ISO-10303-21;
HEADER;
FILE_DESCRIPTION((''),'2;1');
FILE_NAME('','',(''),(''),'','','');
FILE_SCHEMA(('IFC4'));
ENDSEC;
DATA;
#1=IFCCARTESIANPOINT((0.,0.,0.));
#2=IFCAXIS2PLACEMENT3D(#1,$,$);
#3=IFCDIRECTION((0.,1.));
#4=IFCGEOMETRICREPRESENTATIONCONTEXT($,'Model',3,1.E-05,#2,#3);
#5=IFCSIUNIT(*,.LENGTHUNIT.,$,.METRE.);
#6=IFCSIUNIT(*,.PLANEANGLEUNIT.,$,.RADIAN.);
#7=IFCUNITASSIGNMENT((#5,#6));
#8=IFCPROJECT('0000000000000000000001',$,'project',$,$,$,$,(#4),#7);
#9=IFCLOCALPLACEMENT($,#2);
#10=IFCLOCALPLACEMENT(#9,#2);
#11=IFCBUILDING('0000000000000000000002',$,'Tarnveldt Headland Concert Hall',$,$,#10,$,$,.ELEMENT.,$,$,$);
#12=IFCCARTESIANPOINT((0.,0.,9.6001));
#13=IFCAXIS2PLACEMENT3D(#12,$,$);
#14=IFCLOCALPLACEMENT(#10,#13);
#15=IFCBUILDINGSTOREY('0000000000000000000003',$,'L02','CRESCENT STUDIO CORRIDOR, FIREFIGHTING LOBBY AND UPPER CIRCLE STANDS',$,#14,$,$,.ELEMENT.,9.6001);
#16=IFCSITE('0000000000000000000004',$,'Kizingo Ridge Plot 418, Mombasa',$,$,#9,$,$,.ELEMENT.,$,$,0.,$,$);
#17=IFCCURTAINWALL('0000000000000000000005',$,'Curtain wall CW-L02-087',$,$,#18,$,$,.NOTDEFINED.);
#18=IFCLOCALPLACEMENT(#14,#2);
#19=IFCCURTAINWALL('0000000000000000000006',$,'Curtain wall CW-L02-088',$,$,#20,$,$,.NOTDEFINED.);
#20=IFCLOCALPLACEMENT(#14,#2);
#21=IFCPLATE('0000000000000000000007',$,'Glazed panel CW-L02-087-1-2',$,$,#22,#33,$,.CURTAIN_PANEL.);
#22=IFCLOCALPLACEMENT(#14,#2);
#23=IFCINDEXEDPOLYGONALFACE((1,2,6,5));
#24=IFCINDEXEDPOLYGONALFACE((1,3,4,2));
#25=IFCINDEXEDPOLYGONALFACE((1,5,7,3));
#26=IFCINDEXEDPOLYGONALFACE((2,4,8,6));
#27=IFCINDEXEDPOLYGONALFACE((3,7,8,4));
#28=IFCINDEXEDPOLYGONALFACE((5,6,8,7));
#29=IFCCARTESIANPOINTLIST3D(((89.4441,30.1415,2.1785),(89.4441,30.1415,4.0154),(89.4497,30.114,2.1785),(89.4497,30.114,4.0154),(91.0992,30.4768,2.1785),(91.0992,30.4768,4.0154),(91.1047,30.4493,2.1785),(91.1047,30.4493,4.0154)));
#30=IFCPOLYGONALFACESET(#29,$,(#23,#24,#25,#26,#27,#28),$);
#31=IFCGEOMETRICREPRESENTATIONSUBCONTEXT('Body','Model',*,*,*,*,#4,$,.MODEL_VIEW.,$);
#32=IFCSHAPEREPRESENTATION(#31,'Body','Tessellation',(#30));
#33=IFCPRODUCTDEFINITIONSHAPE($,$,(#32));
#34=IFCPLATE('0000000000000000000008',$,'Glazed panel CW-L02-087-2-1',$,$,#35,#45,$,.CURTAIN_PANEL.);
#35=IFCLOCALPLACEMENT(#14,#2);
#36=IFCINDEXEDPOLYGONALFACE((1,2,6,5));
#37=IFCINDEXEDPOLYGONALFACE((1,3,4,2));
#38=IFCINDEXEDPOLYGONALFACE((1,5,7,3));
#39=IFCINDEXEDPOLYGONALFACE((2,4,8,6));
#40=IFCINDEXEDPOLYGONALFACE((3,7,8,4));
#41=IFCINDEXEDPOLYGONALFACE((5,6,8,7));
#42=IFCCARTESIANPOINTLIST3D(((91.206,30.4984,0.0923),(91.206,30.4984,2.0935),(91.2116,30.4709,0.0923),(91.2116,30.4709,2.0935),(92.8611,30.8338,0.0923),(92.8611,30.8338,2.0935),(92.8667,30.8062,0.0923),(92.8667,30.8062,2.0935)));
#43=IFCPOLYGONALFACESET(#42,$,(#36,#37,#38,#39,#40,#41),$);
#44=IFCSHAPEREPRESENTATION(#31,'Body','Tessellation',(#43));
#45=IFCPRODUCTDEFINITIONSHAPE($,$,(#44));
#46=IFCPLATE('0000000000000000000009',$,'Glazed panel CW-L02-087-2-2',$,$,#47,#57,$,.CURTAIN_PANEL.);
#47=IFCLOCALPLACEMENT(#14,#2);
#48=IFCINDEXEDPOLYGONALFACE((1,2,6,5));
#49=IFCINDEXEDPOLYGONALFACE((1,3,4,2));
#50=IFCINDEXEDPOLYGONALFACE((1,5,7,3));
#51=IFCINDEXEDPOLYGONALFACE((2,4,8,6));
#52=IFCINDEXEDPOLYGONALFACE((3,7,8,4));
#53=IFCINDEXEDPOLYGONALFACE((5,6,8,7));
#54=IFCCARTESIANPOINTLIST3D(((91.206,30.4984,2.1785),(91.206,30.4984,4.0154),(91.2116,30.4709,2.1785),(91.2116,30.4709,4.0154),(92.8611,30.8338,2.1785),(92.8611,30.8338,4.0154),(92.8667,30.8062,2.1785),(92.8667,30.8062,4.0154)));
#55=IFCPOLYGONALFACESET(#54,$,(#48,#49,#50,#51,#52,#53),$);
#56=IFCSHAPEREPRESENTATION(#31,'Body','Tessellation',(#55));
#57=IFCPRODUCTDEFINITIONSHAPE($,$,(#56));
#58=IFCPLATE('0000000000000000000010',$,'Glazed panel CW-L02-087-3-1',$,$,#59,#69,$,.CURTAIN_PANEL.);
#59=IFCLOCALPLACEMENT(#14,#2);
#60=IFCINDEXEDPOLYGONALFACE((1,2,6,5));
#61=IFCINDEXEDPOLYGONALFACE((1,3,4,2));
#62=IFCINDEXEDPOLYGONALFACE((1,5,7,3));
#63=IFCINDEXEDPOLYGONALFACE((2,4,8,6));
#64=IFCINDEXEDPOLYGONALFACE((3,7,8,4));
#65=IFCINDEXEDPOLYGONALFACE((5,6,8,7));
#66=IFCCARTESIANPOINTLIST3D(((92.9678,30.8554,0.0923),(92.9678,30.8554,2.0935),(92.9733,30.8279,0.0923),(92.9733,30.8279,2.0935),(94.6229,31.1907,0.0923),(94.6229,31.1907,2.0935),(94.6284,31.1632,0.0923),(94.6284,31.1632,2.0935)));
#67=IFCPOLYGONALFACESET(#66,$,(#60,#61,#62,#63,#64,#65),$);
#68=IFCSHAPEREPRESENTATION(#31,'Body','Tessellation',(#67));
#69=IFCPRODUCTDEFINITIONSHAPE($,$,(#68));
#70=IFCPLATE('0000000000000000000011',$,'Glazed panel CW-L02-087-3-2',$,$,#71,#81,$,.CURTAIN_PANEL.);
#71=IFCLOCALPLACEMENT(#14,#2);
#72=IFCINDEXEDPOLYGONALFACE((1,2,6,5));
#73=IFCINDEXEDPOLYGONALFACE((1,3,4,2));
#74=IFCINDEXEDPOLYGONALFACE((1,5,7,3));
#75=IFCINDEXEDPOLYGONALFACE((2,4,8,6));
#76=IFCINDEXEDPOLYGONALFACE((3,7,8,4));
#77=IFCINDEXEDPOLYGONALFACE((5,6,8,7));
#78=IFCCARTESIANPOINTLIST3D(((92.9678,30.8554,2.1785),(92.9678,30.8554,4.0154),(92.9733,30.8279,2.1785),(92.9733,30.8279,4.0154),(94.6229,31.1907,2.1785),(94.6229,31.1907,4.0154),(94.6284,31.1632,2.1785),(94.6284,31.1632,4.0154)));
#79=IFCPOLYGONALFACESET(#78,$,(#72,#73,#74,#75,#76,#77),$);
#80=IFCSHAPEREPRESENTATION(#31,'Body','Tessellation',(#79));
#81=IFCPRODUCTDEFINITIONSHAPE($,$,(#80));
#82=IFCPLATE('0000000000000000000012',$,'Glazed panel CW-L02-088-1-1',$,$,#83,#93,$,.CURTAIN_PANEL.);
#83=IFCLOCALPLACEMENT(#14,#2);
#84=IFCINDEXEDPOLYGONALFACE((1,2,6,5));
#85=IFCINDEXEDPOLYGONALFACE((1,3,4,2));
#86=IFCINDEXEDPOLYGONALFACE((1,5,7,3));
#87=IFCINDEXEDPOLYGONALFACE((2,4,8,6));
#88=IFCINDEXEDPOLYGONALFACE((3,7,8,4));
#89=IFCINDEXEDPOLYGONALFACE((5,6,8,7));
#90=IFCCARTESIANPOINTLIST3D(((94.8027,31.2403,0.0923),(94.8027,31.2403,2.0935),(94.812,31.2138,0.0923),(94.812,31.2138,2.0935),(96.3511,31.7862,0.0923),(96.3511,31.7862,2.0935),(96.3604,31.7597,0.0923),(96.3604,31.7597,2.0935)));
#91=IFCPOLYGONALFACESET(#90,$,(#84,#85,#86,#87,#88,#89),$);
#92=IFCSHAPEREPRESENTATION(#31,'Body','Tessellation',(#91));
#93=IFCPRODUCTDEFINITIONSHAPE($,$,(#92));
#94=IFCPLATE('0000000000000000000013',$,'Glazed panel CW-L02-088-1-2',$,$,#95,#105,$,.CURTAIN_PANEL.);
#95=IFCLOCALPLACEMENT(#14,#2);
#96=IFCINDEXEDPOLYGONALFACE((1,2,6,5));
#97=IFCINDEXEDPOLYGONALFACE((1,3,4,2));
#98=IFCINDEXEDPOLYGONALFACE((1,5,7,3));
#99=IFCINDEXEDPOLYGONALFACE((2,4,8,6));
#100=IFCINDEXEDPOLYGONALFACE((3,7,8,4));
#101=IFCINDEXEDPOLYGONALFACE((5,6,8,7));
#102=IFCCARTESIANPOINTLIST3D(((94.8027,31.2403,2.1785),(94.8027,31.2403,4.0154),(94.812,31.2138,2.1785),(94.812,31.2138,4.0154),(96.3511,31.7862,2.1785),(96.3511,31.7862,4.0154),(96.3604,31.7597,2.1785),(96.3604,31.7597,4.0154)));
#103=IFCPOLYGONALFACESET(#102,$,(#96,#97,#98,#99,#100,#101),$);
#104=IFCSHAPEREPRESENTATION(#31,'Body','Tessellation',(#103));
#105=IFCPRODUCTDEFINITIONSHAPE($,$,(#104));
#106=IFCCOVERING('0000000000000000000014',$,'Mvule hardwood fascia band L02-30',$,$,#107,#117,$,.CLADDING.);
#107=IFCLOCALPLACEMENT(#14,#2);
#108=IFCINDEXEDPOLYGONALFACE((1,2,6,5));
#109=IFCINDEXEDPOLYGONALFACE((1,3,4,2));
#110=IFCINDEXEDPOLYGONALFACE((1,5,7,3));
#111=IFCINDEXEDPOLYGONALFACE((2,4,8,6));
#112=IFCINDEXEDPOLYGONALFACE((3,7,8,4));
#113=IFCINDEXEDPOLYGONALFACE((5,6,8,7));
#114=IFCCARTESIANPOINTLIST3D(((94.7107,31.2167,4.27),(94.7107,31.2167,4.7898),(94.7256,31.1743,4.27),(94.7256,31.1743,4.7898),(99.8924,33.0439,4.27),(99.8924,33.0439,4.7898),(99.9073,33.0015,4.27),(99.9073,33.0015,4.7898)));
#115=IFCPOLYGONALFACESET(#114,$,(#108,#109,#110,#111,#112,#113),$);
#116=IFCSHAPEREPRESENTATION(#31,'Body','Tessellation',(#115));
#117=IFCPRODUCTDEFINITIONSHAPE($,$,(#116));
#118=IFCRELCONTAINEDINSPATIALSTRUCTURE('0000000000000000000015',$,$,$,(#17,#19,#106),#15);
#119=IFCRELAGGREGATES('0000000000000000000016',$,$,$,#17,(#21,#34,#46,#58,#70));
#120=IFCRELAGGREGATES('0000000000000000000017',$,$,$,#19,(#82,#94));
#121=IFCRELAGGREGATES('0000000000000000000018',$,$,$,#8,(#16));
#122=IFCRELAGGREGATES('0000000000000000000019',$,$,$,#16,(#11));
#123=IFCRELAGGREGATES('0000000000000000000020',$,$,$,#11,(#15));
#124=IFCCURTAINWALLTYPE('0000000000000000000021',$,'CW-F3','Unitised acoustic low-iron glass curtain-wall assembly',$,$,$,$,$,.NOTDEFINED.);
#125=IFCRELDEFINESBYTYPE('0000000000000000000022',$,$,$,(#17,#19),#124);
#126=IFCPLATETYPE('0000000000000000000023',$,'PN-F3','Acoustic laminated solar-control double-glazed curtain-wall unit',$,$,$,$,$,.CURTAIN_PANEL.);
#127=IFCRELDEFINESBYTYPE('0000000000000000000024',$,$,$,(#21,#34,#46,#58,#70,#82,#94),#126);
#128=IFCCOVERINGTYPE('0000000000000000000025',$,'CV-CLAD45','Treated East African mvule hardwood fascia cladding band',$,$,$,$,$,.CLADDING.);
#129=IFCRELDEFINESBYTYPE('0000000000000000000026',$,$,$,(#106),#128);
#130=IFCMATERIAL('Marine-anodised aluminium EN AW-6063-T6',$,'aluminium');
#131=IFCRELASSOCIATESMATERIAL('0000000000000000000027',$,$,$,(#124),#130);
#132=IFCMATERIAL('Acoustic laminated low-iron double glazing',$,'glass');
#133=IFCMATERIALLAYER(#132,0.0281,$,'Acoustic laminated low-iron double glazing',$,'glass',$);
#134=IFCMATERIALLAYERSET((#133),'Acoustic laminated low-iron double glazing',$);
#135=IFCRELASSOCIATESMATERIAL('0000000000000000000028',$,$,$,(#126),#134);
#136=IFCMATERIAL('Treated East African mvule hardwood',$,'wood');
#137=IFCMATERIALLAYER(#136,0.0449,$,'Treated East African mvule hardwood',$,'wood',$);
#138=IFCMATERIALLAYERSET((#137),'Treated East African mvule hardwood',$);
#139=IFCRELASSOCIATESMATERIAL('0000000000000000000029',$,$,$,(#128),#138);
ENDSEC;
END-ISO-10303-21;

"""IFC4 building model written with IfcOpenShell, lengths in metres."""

from ifc_helpers import new_model, si_unit, direction, frame, frame_2d, origin, origin_2d, place, context, subcontext, project, spatial, rectangle, extrude, material, layer, layer_set, type_object, element, aggregate, save


model = new_model("IFC4")

# Units and contexts
model_context = context("Model", 3, precision=1e-05, world=origin(), true_north=direction((0.0, 1.0)))
body_context = subcontext(model_context, "Body", "Model", "MODEL_VIEW")
ifc_project = project(units=[si_unit("LENGTHUNIT", "METRE"), si_unit("PLANEANGLEUNIT", "RADIAN")], contexts=[model_context])

# Site, building, storey
site_placement = place(None, origin())
site = spatial("IfcSite", under=ifc_project, at=site_placement, Name="Kizingo Ridge Plot 418, Mombasa", CompositionType="ELEMENT", RefElevation=0.0)
building_placement = place(site_placement, origin())
building = spatial("IfcBuilding", under=site, at=building_placement, Name="Tarnveldt Headland Concert Hall", CompositionType="ELEMENT")
storey_placement = place(building_placement, frame((0.0, 0.0, 9.6001)))
storey = spatial("IfcBuildingStorey", under=building, at=storey_placement, Name="L02", Description="CRESCENT STUDIO CORRIDOR, FIREFIGHTING LOBBY AND UPPER CIRCLE STANDS", CompositionType="ELEMENT", Elevation=9.6001)

# Curtain walls
ifc_material_1 = material(Name="Marine-anodised aluminium EN AW-6063-T6", Category="aluminium")
curtain_wall_type = type_object("IfcCurtainWallType", Name="CW-F3", Description="Unitised acoustic low-iron glass curtain-wall assembly", PredefinedType="NOTDEFINED", material=ifc_material_1)
curtain_wall_1_placement = place(storey_placement, origin())
curtain_wall_1 = element("IfcCurtainWall", 1, at=curtain_wall_1_placement, inside=storey, type_object=curtain_wall_type, Name="Curtain wall CW-L02-087", PredefinedType="NOTDEFINED")
curtain_wall_2_placement = place(storey_placement, origin())
curtain_wall_2 = element("IfcCurtainWall", 2, at=curtain_wall_2_placement, inside=storey, type_object=curtain_wall_type, Name="Curtain wall CW-L02-088", PredefinedType="NOTDEFINED")

# Plates
ifc_material_2 = material(Name="Acoustic laminated low-iron double glazing", Category="glass")
ifc_layer_1 = layer(ifc_material_2, 0.0281, Name="Acoustic laminated low-iron double glazing", Category="glass")
ifc_layer_set_1 = layer_set([ifc_layer_1], Name="Acoustic laminated low-iron double glazing")
plate_type = type_object("IfcPlateType", Name="PN-F3", Description="Acoustic laminated solar-control double-glazed curtain-wall unit", PredefinedType="CURTAIN_PANEL", material=ifc_layer_set_1)
plate_1_placement = place(storey_placement, frame((90.2744, 30.2954, 2.1785), z_axis=(0.0, 0.0, 1.0), x_axis=(0.980088, 0.198564, 0.0)))
plate_1 = element("IfcPlate", 3, at=plate_1_placement, type_object=plate_type, Name="Glazed panel CW-L02-087-1-2", PredefinedType="CURTAIN_PANEL", context=body_context, shape_type="SweptSolid", body=[
    extrude(rectangle(XDim=1.6887, YDim=0.0281, at=origin_2d()), origin(), (0.0, 0.0, 1.0), 1.8369),
])
plate_2_placement = place(storey_placement, frame((92.0364, 30.6523, 0.0923), z_axis=(0.0, 0.0, 1.0), x_axis=(0.980088, 0.198564, 0.0)))
plate_2 = element("IfcPlate", 4, at=plate_2_placement, type_object=plate_type, Name="Glazed panel CW-L02-087-2-1", PredefinedType="CURTAIN_PANEL", context=body_context, shape_type="SweptSolid", body=[
    extrude(rectangle(XDim=1.6887, YDim=0.0281, at=origin_2d()), origin(), (0.0, 0.0, 1.0), 2.0012),
])
plate_3_placement = place(storey_placement, frame((92.0364, 30.6523, 2.1785), z_axis=(0.0, 0.0, 1.0), x_axis=(0.980088, 0.198564, 0.0)))
plate_3 = element("IfcPlate", 5, at=plate_3_placement, type_object=plate_type, Name="Glazed panel CW-L02-087-2-2", PredefinedType="CURTAIN_PANEL", context=body_context, shape_type="SweptSolid", body=[
    extrude(rectangle(XDim=1.6887, YDim=0.0281, at=origin_2d()), origin(), (0.0, 0.0, 1.0), 1.8369),
])
plate_4_placement = place(storey_placement, frame((93.7981, 31.0093, 0.0923), z_axis=(0.0, 0.0, 1.0), x_axis=(0.980088, 0.198564, 0.0)))
plate_4 = element("IfcPlate", 6, at=plate_4_placement, type_object=plate_type, Name="Glazed panel CW-L02-087-3-1", PredefinedType="CURTAIN_PANEL", context=body_context, shape_type="SweptSolid", body=[
    extrude(rectangle(XDim=1.6887, YDim=0.0281, at=origin_2d()), origin(), (0.0, 0.0, 1.0), 2.0012),
])
plate_5_placement = place(storey_placement, frame((93.7981, 31.0093, 2.1785), z_axis=(0.0, 0.0, 1.0), x_axis=(0.980088, 0.198564, 0.0)))
plate_5 = element("IfcPlate", 7, at=plate_5_placement, type_object=plate_type, Name="Glazed panel CW-L02-087-3-2", PredefinedType="CURTAIN_PANEL", context=body_context, shape_type="SweptSolid", body=[
    extrude(rectangle(XDim=1.6887, YDim=0.0281, at=origin_2d()), origin(), (0.0, 0.0, 1.0), 1.8369),
])
aggregate(curtain_wall_1, [plate_1, plate_2, plate_3, plate_4, plate_5])
plate_6_placement = place(storey_placement, frame((95.5815, 31.5, 0.0923), z_axis=(0.0, 0.0, 1.0), x_axis=(0.943095, 0.332523, 0.0)))
plate_6 = element("IfcPlate", 8, at=plate_6_placement, type_object=plate_type, Name="Glazed panel CW-L02-088-1-1", PredefinedType="CURTAIN_PANEL", context=body_context, shape_type="SweptSolid", body=[
    extrude(rectangle(XDim=1.6418, YDim=0.0281, at=origin_2d()), origin(), (0.0, 0.0, 1.0), 2.0012),
])
plate_7_placement = place(storey_placement, frame((95.5815, 31.5, 2.1785), z_axis=(0.0, 0.0, 1.0), x_axis=(0.943095, 0.332523, 0.0)))
plate_7 = element("IfcPlate", 9, at=plate_7_placement, type_object=plate_type, Name="Glazed panel CW-L02-088-1-2", PredefinedType="CURTAIN_PANEL", context=body_context, shape_type="SweptSolid", body=[
    extrude(rectangle(XDim=1.6418, YDim=0.0281, at=origin_2d()), origin(), (0.0, 0.0, 1.0), 1.8369),
])
aggregate(curtain_wall_2, [plate_6, plate_7])

# Covering
ifc_material_3 = material(Name="Treated East African mvule hardwood", Category="wood")
ifc_layer_2 = layer(ifc_material_3, 0.0449, Name="Treated East African mvule hardwood", Category="wood")
ifc_layer_set_2 = layer_set([ifc_layer_2], Name="Treated East African mvule hardwood")
covering_type = type_object("IfcCoveringType", Name="CV-CLAD45", Description="Treated East African mvule hardwood fascia cladding band", PredefinedType="CLADDING", material=ifc_layer_set_2)
covering_placement = place(storey_placement, frame((94.7183, 31.1956, 4.27), z_axis=(0.0, 0.0, 1.0), x_axis=(0.943085, 0.33255, 0.0)))
element("IfcCovering", 10, at=covering_placement, inside=storey, type_object=covering_type, Name="Mvule hardwood fascia band L02-30", PredefinedType="CLADDING", context=body_context, shape_type="SweptSolid", body=[
    extrude(rectangle(XDim=5.4944, YDim=0.0449, at=frame_2d((2.7471, 0.0))), origin(), (0.0, 0.0, 1.0), 0.5198),
])

save(model, "model.ifc")
